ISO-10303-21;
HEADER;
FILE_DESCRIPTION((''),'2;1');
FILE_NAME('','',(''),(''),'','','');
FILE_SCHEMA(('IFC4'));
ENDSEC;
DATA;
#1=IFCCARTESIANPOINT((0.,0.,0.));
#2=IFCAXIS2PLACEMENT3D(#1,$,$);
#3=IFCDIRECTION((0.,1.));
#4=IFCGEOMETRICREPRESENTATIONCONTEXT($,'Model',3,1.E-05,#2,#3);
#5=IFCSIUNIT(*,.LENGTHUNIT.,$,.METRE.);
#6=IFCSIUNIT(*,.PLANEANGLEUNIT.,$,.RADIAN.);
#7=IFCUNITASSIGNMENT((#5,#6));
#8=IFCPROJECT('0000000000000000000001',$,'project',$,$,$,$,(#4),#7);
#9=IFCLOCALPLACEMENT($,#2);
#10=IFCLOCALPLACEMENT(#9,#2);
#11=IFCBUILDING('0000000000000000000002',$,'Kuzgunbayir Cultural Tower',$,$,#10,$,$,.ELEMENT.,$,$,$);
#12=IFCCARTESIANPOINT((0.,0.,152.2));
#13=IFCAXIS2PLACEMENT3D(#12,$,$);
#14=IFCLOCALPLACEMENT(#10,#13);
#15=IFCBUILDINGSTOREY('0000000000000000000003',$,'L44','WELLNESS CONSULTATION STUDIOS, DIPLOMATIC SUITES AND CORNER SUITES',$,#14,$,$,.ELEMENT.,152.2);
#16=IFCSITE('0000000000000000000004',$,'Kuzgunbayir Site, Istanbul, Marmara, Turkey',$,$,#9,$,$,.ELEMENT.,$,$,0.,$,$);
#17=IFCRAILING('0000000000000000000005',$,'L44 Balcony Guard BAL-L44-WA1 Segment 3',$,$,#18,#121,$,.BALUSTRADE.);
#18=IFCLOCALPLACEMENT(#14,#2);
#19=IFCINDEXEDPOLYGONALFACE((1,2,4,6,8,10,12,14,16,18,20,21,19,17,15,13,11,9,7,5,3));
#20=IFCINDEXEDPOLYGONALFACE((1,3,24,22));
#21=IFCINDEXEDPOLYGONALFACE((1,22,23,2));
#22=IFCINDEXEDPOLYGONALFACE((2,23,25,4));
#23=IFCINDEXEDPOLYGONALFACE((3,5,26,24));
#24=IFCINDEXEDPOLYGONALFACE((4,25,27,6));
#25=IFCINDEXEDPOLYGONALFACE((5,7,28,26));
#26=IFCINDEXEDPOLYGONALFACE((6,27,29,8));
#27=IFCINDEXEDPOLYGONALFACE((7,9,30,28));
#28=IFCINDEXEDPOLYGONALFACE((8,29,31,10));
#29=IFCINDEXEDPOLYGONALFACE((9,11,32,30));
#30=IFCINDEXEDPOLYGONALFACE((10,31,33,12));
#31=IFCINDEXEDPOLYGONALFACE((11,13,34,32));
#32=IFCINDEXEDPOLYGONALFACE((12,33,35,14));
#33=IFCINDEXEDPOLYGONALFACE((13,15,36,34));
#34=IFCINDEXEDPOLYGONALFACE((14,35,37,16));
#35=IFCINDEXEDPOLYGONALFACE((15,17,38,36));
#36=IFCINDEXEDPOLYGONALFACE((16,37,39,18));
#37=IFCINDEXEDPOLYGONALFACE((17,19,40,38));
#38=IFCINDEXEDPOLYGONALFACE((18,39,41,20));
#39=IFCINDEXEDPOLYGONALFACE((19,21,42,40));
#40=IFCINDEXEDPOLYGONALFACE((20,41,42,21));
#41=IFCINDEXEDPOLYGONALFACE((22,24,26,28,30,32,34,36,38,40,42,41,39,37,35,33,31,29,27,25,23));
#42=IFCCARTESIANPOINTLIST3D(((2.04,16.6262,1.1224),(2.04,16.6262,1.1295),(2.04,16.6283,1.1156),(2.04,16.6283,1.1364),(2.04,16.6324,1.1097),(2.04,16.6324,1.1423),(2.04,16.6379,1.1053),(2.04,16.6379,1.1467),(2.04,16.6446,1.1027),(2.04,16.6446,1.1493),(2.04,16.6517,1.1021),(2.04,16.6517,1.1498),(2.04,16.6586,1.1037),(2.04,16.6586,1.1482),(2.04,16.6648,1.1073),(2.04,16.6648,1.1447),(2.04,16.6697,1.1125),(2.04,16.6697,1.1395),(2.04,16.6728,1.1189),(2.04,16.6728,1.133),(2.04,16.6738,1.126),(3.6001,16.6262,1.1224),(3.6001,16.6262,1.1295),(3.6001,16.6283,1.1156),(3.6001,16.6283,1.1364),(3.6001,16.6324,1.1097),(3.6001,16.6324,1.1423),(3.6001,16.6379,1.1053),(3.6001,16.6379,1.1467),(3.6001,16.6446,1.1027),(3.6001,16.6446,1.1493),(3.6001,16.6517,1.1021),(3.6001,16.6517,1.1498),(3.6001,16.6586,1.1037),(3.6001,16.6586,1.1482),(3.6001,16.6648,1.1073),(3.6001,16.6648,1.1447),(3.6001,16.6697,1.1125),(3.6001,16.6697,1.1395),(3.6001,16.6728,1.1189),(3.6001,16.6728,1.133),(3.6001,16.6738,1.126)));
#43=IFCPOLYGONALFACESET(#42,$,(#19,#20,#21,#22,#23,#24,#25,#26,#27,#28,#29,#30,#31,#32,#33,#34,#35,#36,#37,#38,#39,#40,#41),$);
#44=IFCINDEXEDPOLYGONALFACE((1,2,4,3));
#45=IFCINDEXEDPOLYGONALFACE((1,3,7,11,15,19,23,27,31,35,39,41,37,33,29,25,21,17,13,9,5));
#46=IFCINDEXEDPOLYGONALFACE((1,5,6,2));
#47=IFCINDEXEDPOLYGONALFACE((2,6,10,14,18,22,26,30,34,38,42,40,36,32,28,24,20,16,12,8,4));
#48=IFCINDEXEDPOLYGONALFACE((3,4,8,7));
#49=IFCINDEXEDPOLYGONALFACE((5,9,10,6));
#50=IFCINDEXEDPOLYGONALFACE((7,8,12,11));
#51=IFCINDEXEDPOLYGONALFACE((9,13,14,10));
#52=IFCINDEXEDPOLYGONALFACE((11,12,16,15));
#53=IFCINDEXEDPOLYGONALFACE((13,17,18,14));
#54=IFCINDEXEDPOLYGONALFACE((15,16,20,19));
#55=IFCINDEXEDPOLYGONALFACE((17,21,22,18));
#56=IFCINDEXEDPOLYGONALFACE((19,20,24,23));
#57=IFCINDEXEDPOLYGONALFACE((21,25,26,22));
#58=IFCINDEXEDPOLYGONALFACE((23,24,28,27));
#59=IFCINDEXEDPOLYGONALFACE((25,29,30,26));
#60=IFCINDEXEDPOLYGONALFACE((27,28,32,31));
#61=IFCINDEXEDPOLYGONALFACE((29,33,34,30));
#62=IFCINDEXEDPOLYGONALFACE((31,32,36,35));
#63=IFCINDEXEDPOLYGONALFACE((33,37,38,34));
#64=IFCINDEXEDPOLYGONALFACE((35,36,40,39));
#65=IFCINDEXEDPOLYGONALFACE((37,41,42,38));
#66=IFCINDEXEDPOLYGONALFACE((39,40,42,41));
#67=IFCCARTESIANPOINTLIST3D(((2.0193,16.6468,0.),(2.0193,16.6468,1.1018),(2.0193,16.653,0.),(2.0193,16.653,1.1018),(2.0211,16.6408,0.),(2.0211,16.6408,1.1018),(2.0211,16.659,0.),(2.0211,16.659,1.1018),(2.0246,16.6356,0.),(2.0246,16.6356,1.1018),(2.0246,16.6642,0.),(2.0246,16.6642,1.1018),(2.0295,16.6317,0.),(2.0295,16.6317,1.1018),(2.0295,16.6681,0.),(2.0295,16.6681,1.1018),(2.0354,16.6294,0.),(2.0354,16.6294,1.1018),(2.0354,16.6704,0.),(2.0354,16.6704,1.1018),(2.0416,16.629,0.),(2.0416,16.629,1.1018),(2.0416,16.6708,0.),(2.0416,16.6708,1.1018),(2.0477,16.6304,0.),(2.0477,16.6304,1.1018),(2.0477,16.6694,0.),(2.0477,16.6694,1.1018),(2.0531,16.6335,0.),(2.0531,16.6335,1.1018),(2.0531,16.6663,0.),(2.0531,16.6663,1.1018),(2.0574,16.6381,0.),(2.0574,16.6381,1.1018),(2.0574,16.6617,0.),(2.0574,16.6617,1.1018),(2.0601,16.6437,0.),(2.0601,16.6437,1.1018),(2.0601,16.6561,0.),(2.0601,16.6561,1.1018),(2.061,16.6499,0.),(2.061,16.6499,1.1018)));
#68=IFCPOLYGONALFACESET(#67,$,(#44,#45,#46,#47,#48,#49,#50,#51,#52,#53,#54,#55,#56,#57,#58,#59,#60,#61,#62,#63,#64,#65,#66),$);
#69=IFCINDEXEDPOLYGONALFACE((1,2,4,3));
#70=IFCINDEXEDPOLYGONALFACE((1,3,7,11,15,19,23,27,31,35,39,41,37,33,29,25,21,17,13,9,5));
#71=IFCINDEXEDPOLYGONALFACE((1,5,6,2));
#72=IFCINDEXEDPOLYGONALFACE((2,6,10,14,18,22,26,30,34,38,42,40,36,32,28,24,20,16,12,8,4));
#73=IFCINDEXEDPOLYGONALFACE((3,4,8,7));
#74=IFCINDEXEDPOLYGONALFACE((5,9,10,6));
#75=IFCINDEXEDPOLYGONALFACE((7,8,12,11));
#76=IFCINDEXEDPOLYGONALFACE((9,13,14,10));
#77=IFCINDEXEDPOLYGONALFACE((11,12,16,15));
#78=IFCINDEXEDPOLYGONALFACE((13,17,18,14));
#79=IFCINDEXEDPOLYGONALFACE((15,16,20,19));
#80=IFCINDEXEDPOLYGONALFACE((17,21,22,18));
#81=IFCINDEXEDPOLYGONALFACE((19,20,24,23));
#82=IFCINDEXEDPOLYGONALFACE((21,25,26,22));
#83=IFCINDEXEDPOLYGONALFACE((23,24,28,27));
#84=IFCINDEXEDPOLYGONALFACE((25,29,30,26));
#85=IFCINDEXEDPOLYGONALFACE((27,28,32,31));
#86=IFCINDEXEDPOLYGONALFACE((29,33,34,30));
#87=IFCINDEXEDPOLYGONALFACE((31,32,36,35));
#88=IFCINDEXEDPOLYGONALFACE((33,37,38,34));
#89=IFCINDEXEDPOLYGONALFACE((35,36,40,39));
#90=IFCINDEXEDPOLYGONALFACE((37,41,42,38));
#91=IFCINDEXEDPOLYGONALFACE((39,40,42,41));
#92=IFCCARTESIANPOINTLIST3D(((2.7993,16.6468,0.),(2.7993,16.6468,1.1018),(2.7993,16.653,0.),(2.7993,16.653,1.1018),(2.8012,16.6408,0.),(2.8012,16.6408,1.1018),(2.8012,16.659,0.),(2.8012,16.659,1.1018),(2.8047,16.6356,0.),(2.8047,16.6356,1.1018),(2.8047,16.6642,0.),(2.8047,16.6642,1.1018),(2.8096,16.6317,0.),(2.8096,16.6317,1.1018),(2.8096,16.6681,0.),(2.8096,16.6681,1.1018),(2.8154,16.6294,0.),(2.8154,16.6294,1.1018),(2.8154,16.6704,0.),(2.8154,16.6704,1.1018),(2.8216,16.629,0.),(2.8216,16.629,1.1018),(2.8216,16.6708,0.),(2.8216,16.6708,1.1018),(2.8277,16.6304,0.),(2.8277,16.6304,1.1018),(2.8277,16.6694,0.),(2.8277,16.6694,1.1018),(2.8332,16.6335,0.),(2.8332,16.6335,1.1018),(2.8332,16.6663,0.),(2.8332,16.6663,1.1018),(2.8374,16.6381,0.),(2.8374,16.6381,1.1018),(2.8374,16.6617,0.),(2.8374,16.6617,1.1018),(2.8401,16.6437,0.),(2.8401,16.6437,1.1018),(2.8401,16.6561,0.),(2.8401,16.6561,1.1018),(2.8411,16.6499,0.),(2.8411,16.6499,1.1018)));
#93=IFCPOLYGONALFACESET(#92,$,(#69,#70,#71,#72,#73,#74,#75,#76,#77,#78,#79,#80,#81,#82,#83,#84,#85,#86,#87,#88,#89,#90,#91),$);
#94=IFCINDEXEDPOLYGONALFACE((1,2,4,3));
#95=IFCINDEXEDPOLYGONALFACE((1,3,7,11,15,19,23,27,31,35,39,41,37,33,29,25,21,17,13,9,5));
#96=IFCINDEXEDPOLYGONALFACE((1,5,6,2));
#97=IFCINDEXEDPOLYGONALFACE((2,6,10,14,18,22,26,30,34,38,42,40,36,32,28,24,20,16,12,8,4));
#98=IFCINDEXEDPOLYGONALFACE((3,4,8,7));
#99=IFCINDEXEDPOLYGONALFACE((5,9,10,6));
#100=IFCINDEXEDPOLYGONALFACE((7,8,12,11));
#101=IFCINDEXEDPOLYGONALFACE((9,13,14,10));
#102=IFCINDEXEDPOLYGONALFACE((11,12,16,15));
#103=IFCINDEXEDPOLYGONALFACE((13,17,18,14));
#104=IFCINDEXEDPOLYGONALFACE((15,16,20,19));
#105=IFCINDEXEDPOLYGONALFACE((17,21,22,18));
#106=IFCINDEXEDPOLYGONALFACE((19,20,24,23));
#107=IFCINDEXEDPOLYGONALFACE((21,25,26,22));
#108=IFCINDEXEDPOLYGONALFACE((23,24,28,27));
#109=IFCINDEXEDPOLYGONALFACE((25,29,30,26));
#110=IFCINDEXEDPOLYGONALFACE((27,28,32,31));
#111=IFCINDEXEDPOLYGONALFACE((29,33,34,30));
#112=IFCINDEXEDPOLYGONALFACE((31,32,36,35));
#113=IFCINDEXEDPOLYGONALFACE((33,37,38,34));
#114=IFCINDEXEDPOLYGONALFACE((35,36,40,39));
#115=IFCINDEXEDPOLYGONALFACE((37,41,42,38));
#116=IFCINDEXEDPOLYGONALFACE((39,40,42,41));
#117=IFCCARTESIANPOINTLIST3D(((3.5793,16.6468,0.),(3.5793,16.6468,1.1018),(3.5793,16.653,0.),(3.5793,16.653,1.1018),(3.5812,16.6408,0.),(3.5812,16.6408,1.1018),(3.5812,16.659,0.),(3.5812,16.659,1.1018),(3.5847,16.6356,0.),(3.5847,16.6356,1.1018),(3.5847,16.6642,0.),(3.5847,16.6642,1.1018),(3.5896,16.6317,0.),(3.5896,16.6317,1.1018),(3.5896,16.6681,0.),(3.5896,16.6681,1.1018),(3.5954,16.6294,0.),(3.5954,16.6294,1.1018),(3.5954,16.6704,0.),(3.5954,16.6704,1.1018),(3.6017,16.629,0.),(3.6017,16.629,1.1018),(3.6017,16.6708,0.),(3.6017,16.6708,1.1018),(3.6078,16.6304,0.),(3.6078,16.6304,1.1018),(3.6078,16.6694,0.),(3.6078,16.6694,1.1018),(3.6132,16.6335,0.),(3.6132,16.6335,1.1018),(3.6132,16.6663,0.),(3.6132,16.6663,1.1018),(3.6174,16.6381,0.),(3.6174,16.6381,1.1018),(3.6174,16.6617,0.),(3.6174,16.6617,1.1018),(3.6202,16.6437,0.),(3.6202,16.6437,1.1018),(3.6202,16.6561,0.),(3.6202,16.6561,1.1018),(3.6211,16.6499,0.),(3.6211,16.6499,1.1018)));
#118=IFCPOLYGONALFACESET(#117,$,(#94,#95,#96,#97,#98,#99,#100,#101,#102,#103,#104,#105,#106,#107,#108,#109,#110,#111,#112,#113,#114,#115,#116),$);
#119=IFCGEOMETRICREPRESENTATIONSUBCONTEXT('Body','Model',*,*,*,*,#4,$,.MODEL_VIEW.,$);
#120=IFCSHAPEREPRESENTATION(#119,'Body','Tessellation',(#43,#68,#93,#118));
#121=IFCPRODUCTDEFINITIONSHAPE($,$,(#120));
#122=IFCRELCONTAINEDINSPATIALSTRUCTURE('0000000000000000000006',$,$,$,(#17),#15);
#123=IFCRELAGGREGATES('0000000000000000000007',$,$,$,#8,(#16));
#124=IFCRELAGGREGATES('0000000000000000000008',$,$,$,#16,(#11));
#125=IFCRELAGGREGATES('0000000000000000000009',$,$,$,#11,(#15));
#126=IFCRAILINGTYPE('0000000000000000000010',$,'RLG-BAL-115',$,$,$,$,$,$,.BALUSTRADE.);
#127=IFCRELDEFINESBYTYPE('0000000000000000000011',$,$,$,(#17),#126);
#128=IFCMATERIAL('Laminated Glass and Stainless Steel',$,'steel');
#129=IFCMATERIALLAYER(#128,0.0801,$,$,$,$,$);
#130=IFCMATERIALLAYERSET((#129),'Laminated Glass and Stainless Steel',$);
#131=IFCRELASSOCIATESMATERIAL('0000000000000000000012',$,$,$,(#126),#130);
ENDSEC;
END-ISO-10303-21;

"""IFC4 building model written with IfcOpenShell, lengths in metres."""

from ifc_helpers import new_model, si_unit, direction, frame, origin, origin_2d, place, context, subcontext, project, spatial, circle, extrude, material, layer, layer_set, type_object, element, save


model = new_model("IFC4")

# Units and contexts
model_context = context("Model", 3, precision=1e-05, world=origin(), true_north=direction((0.0, 1.0)))
body_context = subcontext(model_context, "Body", "Model", "MODEL_VIEW")
ifc_project = project(units=[si_unit("LENGTHUNIT", "METRE"), si_unit("PLANEANGLEUNIT", "RADIAN")], contexts=[model_context])

# Site, building, storey
site_placement = place(None, origin())
site = spatial("IfcSite", under=ifc_project, at=site_placement, Name="Kuzgunbayir Site, Istanbul, Marmara, Turkey", CompositionType="ELEMENT", RefElevation=0.0)
building_placement = place(site_placement, origin())
building = spatial("IfcBuilding", under=site, at=building_placement, Name="Kuzgunbayir Cultural Tower", CompositionType="ELEMENT")
storey_placement = place(building_placement, frame((0.0, 0.0, 152.2)))
storey = spatial("IfcBuildingStorey", under=building, at=storey_placement, Name="L44", Description="WELLNESS CONSULTATION STUDIOS, DIPLOMATIC SUITES AND CORNER SUITES", CompositionType="ELEMENT", Elevation=152.2)

# Railing
ifc_material_1 = material(Name="Laminated Glass and Stainless Steel", Category="steel")
ifc_layer_1 = layer(ifc_material_1, 0.0801)
ifc_layer_set_1 = layer_set([ifc_layer_1], Name="Laminated Glass and Stainless Steel")
railing_type = type_object("IfcRailingType", Name="RLG-BAL-115", PredefinedType="BALUSTRADE", material=ifc_layer_set_1)
railing_1_placement = place(storey_placement, frame((2.04, 16.6499, 0.0)))
element("IfcRailing", 1, at=railing_1_placement, inside=storey, type_object=railing_type, Name="L44 Balcony Guard BAL-L44-WA1 Segment 3", PredefinedType="BALUSTRADE", context=body_context, shape_type="SweptSolid", body=[
    extrude(circle(Radius=0.0239, at=origin_2d()), frame((0.0, 0.0, 1.126), z_axis=(1.0, 0.0, 0.0), x_axis=(0.0, 1.0, 0.0)), (0.0, 0.0, 1.0), 1.5601),
    extrude(circle(Radius=0.021, at=origin_2d()), origin(), (0.0, 0.0, 1.0), 1.1018),
    extrude(circle(Radius=0.021, at=origin_2d()), frame((0.78, 0.0, 0.0)), (0.0, 0.0, 1.0), 1.1018),
    extrude(circle(Radius=0.021, at=origin_2d()), frame((1.5601, 0.0, 0.0)), (0.0, 0.0, 1.0), 1.1018),
])

save(model, "model.ifc")
